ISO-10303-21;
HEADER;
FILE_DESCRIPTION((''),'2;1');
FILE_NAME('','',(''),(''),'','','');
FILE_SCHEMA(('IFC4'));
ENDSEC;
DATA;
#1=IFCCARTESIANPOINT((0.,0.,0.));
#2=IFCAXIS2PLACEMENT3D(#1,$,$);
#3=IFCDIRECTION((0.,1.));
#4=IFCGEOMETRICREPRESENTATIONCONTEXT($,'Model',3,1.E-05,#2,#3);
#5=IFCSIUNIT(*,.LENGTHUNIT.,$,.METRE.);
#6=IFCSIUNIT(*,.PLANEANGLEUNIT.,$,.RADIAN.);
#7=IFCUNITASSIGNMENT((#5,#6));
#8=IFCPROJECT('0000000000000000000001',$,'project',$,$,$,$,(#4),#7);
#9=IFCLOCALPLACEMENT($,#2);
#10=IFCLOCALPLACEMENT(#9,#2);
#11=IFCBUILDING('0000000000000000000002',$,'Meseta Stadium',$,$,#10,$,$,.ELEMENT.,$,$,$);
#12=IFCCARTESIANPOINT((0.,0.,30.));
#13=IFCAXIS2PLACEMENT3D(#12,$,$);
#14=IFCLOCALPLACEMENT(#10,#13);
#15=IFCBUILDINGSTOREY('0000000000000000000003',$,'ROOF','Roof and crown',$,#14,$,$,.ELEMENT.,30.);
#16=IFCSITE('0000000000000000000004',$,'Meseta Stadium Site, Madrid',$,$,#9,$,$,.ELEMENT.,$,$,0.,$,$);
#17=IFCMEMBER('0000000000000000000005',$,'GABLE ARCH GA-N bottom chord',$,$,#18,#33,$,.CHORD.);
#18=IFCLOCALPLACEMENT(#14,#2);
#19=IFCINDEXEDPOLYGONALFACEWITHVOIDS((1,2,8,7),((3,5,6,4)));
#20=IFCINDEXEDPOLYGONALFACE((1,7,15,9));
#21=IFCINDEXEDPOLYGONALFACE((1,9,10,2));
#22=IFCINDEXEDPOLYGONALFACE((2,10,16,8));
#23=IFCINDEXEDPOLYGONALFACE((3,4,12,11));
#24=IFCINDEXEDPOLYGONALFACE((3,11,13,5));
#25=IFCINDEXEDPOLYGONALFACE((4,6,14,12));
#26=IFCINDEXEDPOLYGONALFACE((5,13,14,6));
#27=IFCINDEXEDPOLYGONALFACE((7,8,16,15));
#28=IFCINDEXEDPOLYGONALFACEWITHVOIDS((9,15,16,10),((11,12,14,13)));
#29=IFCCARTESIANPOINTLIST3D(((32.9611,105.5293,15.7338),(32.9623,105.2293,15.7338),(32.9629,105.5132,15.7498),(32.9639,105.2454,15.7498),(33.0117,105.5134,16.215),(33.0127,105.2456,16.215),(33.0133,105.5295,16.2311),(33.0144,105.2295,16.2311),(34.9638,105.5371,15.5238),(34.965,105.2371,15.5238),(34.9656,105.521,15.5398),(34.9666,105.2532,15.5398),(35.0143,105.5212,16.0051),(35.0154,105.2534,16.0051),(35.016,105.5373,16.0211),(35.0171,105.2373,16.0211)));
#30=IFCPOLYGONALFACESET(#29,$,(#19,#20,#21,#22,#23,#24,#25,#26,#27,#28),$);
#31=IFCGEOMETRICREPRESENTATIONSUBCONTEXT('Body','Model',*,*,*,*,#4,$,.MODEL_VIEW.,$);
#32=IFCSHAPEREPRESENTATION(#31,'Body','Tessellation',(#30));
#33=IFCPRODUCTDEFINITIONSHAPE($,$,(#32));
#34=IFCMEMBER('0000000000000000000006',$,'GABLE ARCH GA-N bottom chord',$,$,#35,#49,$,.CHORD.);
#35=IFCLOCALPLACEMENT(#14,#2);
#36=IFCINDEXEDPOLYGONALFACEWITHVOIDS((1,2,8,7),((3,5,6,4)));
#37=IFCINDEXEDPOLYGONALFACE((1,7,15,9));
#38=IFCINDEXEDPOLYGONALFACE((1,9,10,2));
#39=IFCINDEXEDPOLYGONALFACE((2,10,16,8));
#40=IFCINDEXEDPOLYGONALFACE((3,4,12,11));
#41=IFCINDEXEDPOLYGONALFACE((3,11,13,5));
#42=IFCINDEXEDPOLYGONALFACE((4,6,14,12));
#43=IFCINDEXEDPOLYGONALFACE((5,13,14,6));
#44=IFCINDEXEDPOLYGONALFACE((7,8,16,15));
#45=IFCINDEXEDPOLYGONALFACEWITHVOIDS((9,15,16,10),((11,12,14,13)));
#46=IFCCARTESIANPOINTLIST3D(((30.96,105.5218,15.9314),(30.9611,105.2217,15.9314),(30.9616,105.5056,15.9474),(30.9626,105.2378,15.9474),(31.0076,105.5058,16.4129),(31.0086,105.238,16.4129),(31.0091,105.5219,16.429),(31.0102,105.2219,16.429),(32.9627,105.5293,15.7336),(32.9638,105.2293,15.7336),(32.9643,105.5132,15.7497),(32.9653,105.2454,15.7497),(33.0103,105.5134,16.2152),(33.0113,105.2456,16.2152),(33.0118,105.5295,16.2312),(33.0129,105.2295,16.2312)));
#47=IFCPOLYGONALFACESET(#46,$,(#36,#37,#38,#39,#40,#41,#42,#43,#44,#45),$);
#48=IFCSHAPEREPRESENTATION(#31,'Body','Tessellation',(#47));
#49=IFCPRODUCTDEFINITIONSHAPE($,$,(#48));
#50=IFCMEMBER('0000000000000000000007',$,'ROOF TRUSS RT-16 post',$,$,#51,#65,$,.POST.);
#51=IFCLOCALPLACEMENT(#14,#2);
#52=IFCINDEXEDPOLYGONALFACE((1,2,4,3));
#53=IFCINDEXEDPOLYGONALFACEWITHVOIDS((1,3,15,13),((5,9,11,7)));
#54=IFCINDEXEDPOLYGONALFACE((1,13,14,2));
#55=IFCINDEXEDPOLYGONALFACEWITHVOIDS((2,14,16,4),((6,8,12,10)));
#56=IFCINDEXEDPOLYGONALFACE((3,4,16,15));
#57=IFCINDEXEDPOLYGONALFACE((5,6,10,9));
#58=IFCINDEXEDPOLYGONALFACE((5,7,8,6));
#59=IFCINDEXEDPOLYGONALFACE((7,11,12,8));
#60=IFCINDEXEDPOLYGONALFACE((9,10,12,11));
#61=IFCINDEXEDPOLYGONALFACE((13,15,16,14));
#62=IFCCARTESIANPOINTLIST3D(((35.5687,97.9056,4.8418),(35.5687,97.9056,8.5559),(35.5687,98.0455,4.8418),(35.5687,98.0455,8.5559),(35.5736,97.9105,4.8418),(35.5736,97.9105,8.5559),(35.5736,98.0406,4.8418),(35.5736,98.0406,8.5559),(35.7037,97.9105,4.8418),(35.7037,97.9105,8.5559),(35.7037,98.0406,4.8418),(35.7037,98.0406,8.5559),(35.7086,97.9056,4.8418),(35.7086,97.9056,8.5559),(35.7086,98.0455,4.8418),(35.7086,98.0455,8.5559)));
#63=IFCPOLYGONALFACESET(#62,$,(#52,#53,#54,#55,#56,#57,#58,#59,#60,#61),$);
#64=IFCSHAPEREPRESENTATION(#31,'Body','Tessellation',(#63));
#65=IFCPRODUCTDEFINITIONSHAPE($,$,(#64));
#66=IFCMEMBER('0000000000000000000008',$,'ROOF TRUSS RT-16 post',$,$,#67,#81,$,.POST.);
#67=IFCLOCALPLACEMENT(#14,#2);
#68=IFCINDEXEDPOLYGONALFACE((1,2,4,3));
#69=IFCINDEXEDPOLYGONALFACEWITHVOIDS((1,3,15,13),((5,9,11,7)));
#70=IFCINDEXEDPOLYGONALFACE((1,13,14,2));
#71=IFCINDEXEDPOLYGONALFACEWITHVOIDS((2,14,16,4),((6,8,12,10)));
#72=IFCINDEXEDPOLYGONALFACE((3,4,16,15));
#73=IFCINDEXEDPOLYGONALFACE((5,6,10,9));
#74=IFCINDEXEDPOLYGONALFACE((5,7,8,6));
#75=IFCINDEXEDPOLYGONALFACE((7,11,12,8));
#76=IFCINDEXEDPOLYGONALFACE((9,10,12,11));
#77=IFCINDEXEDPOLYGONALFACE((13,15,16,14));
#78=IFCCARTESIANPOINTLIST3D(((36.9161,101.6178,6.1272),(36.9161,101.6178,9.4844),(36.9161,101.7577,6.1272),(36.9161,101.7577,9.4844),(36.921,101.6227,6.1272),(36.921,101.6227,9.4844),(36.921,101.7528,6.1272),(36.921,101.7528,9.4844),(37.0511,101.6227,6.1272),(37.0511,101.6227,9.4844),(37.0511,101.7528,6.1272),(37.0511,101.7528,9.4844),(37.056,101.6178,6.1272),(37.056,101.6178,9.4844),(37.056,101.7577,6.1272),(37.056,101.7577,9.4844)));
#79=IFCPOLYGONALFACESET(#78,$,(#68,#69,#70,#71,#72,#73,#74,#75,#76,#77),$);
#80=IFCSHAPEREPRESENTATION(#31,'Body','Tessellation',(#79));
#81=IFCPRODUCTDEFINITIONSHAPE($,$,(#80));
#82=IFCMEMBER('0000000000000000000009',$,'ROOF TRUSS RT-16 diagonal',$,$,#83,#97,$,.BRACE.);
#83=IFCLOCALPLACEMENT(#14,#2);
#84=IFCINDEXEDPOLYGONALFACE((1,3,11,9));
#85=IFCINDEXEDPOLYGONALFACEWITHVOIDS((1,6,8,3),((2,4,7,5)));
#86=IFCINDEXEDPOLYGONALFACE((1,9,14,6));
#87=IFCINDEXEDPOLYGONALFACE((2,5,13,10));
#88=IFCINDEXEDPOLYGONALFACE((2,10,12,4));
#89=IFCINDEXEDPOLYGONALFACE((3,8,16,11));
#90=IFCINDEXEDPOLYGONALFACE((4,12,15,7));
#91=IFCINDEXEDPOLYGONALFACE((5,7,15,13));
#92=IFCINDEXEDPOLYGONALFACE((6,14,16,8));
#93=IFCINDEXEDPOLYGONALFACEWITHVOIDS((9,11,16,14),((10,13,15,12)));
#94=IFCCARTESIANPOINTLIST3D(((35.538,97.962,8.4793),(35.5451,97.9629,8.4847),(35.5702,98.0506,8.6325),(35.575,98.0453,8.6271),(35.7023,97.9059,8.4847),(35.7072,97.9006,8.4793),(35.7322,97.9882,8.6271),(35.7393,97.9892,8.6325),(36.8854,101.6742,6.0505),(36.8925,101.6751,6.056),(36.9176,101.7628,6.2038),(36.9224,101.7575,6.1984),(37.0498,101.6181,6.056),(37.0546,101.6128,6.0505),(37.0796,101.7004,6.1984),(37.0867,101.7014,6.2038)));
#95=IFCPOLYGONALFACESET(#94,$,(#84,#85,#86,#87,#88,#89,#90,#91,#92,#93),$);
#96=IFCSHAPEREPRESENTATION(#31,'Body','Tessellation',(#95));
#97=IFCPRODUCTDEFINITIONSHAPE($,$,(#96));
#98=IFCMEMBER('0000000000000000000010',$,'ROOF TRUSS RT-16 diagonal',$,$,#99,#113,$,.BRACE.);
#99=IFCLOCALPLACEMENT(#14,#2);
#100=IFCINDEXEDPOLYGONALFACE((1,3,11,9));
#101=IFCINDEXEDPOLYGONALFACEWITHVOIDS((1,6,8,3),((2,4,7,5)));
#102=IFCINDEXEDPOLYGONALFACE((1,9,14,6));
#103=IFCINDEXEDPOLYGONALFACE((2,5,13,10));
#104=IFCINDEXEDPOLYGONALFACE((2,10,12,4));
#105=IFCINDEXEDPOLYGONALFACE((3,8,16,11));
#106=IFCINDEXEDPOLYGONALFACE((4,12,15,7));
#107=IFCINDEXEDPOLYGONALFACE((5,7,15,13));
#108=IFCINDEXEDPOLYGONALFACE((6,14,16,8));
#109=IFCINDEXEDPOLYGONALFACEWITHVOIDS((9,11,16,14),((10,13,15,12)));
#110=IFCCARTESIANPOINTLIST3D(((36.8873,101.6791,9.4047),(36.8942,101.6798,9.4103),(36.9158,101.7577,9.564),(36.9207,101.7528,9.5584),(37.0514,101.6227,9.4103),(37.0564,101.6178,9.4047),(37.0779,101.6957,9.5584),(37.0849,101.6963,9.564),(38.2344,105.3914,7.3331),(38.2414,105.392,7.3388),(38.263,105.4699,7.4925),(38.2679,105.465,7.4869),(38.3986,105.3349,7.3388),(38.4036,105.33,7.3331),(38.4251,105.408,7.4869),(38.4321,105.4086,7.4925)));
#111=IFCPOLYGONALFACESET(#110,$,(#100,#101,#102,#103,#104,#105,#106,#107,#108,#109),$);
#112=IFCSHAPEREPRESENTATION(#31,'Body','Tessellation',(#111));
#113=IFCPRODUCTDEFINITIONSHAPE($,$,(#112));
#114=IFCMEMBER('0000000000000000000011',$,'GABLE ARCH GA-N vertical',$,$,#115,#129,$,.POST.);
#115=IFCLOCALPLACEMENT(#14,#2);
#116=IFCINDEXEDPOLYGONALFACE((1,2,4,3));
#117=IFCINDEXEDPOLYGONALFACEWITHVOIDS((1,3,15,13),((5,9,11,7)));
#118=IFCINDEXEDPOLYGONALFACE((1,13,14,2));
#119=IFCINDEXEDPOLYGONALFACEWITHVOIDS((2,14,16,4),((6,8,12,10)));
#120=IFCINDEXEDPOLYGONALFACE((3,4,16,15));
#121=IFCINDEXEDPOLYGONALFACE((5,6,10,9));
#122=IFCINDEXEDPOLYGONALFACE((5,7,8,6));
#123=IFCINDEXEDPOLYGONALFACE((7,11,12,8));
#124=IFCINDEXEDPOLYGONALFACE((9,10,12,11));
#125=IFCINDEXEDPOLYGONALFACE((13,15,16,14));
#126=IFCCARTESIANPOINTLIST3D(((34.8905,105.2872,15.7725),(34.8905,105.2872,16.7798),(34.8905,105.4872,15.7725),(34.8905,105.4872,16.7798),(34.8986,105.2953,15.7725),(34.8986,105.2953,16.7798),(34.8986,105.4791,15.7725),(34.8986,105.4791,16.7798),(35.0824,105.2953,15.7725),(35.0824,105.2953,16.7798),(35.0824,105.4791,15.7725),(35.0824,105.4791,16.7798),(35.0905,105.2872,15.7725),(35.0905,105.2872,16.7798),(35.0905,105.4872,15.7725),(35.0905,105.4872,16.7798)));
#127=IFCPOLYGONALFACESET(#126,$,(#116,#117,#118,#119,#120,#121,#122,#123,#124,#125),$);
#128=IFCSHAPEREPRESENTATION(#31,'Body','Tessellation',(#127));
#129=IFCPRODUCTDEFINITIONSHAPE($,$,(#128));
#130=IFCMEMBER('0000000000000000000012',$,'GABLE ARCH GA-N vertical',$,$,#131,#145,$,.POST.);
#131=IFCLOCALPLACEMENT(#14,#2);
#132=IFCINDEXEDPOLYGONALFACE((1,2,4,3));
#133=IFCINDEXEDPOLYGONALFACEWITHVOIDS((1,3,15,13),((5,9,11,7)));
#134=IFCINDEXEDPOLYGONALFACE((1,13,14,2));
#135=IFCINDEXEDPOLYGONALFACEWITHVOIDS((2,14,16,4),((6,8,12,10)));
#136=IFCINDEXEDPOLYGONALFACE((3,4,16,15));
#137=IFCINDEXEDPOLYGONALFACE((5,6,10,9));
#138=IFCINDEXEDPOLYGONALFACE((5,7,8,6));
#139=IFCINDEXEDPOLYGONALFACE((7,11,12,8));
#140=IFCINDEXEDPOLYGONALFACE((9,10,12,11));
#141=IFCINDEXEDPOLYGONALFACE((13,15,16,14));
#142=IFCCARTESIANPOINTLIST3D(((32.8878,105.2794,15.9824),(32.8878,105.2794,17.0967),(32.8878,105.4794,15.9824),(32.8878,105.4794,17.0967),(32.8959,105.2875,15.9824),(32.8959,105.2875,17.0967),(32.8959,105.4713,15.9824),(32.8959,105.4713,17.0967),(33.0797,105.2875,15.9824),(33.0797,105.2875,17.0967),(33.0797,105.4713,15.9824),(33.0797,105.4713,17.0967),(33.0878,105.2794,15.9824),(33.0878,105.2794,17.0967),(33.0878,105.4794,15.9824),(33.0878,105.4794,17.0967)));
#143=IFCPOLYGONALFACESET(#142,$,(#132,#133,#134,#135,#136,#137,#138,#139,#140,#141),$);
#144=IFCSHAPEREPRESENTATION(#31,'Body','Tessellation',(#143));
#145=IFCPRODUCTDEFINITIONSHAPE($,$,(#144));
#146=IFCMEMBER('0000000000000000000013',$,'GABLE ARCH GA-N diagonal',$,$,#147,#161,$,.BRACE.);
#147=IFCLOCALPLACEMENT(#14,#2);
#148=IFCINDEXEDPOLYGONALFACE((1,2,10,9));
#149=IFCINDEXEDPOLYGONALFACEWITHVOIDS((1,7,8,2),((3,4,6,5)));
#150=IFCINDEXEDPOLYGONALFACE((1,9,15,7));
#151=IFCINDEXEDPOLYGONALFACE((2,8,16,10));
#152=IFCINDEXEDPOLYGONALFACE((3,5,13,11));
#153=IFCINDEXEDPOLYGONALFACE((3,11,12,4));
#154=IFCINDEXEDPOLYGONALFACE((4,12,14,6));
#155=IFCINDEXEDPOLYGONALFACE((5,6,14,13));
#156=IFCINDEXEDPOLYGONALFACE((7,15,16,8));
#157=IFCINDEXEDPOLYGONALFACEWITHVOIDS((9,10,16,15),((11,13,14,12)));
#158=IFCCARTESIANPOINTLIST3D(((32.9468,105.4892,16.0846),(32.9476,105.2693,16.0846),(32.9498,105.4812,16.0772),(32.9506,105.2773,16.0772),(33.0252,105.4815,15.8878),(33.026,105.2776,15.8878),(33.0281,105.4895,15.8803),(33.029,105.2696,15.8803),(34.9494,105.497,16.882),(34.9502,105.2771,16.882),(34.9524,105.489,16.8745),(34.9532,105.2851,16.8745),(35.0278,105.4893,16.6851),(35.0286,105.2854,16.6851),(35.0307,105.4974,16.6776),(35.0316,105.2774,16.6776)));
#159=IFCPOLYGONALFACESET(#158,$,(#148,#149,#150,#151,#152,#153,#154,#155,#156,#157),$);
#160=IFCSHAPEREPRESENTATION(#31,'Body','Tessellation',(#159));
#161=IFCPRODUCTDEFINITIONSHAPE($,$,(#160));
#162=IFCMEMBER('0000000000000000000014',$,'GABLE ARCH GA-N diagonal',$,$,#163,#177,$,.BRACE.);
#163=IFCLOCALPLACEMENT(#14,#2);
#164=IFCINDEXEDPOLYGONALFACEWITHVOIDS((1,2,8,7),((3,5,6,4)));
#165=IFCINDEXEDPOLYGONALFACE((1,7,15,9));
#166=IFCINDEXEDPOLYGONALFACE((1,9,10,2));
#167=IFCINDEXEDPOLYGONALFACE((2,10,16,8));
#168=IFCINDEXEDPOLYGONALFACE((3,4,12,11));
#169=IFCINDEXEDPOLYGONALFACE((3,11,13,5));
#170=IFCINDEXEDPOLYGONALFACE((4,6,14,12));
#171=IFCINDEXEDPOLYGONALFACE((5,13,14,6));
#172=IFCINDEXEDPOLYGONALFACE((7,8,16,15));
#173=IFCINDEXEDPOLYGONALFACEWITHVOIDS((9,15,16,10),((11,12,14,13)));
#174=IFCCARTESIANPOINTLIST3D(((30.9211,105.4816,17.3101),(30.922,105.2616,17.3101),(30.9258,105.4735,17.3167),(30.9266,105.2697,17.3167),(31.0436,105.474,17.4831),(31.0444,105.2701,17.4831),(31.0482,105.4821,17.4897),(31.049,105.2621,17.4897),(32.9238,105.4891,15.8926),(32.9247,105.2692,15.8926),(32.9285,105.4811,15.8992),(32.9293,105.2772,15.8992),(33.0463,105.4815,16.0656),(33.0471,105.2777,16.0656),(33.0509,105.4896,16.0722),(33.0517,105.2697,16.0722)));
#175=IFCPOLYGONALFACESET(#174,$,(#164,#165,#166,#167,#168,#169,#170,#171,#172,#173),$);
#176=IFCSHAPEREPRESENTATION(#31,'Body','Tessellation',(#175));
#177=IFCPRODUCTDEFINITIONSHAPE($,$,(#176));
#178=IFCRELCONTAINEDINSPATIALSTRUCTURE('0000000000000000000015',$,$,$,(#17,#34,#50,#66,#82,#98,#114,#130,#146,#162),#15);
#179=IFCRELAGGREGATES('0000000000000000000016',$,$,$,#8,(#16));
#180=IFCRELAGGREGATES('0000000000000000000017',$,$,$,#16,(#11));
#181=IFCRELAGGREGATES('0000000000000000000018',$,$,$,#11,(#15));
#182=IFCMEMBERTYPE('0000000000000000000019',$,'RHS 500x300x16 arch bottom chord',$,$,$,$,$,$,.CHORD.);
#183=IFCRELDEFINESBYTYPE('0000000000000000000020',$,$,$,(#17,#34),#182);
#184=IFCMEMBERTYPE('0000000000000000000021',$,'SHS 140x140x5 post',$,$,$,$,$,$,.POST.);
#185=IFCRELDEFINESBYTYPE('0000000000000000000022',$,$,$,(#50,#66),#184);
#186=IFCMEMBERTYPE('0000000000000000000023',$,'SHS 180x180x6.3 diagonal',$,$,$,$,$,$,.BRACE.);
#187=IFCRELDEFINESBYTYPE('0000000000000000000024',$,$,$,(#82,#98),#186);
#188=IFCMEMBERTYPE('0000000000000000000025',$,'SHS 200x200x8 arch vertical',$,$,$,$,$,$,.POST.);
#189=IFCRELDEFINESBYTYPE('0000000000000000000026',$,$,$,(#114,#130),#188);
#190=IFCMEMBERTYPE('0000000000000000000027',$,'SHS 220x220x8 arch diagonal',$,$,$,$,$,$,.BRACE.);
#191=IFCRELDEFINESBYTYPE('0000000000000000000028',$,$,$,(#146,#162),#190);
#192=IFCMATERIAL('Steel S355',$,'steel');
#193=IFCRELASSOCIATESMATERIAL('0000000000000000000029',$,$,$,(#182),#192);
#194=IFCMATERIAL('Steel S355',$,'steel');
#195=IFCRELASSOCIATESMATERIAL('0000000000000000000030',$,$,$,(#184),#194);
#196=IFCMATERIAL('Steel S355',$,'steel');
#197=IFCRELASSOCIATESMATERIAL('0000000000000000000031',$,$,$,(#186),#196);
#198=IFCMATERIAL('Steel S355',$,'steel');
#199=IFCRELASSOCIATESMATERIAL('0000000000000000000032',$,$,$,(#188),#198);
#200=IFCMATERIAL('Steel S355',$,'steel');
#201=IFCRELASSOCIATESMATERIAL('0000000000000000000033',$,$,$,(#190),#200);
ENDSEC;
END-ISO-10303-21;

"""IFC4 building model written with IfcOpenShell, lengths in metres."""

from ifc_helpers import new_model, si_unit, direction, frame, origin, origin_2d, place, context, subcontext, project, spatial, hollow_rectangle, extrude, material, material_profile, profile_set, type_object, element, save


model = new_model("IFC4")

# Units and contexts
model_context = context("Model", 3, precision=1e-05, world=origin(), true_north=direction((0.0, 1.0)))
body_context = subcontext(model_context, "Body", "Model", "MODEL_VIEW")
ifc_project = project(units=[si_unit("LENGTHUNIT", "METRE"), si_unit("PLANEANGLEUNIT", "RADIAN")], contexts=[model_context])

# Site, building, storey
site_placement = place(None, origin())
site = spatial("IfcSite", under=ifc_project, at=site_placement, Name="Meseta Stadium Site, Madrid", CompositionType="ELEMENT", RefElevation=0.0)
building_placement = place(site_placement, origin())
building = spatial("IfcBuilding", under=site, at=building_placement, Name="Meseta Stadium", CompositionType="ELEMENT")
storey_placement = place(building_placement, frame((0.0, 0.0, 30.0)))
storey = spatial("IfcBuildingStorey", under=building, at=storey_placement, Name="ROOF", Description="Roof and crown", CompositionType="ELEMENT", Elevation=30.0)

# Members
ifc_material_1 = material(Name="Steel S355", Category="steel")
ifc_material_profile_1 = material_profile(ifc_material_1, hollow_rectangle(XDim=0.3, YDim=0.5, WallThickness=0.0161, at=origin_2d()), Name="RHS 500x300x16")
ifc_profile_set_1 = profile_set([ifc_material_profile_1], Name="Steel S355")
member_type_1 = type_object("IfcMemberType", Name="RHS 500x300x16 arch bottom chord", PredefinedType="CHORD", material=ifc_profile_set_1)
member_1_placement = place(storey_placement, frame((34.9905, 105.3872, 15.7725), z_axis=(-0.994542, -0.00388, 0.104267), x_axis=(0.003901, -0.999992, 0.0)))
element("IfcMember", 1, at=member_1_placement, inside=storey, type_object=member_type_1, Name="GABLE ARCH GA-N bottom chord", PredefinedType="CHORD", context=body_context, shape_type="SweptSolid", body=[
    extrude(hollow_rectangle(XDim=0.3, YDim=0.5, WallThickness=0.0161, at=origin_2d()), origin(), (0.0, 0.0, 1.0), 2.0137),
])
member_2_placement = place(storey_placement, frame((32.9878, 105.3794, 15.9824), z_axis=(-0.995153, -0.003761, 0.098266), x_axis=(0.003779, -0.999993, 0.0)))
element("IfcMember", 2, at=member_2_placement, inside=storey, type_object=member_type_1, Name="GABLE ARCH GA-N bottom chord", PredefinedType="CHORD", context=body_context, shape_type="SweptSolid", body=[
    extrude(hollow_rectangle(XDim=0.3, YDim=0.5, WallThickness=0.0161, at=origin_2d()), origin(), (0.0, 0.0, 1.0), 2.0125),
])
ifc_material_2 = material(Name="Steel S355", Category="steel")
ifc_material_profile_2 = material_profile(ifc_material_2, hollow_rectangle(XDim=0.1399, YDim=0.1399, WallThickness=0.0049, at=origin_2d()), Name="SHS 140x140x5")
ifc_profile_set_2 = profile_set([ifc_material_profile_2], Name="Steel S355")
member_type_2 = type_object("IfcMemberType", Name="SHS 140x140x5 post", PredefinedType="POST", material=ifc_profile_set_2)
member_3_placement = place(storey_placement, frame((35.6387, 97.9756, 4.8418), z_axis=(0.0, 0.0, 1.0), x_axis=(1.0, 0.0, 0.0)))
element("IfcMember", 3, at=member_3_placement, inside=storey, type_object=member_type_2, Name="ROOF TRUSS RT-16 post", PredefinedType="POST", context=body_context, shape_type="SweptSolid", body=[
    extrude(hollow_rectangle(XDim=0.1399, YDim=0.1399, WallThickness=0.0049, at=origin_2d()), origin(), (0.0, 0.0, 1.0), 3.7141),
])
member_4_placement = place(storey_placement, frame((36.9861, 101.6877, 6.1272), z_axis=(0.0, 0.0, 1.0), x_axis=(1.0, 0.0, 0.0)))
element("IfcMember", 4, at=member_4_placement, inside=storey, type_object=member_type_2, Name="ROOF TRUSS RT-16 post", PredefinedType="POST", context=body_context, shape_type="SweptSolid", body=[
    extrude(hollow_rectangle(XDim=0.1399, YDim=0.1399, WallThickness=0.0049, at=origin_2d()), origin(), (0.0, 0.0, 1.0), 3.3572),
])
ifc_material_3 = material(Name="Steel S355", Category="steel")
ifc_material_profile_3 = material_profile(ifc_material_3, hollow_rectangle(XDim=0.1799, YDim=0.1799, WallThickness=0.0063, at=origin_2d()), Name="SHS 180x180x6.3")
ifc_profile_set_3 = profile_set([ifc_material_profile_3], Name="Steel S355")
member_type_3 = type_object("IfcMemberType", Name="SHS 180x180x6.3 diagonal", PredefinedType="BRACE", material=ifc_profile_set_3)
member_5_placement = place(storey_placement, frame((35.6387, 97.9756, 8.5559), z_axis=(0.290629, 0.800691, -0.523859), x_axis=(-0.939994, 0.341192, 0.0)))
element("IfcMember", 5, at=member_5_placement, inside=storey, type_object=member_type_3, Name="ROOF TRUSS RT-16 diagonal", PredefinedType="BRACE", context=body_context, shape_type="SweptSolid", body=[
    extrude(hollow_rectangle(XDim=0.1799, YDim=0.1799, WallThickness=0.0063, at=origin_2d()), origin(), (0.0, 0.0, 1.0), 4.6362),
])
member_6_placement = place(storey_placement, frame((36.9861, 101.6877, 9.4844), z_axis=(0.302096, 0.832435, -0.464532), x_axis=(-0.940013, 0.341137, 0.0)))
element("IfcMember", 6, at=member_6_placement, inside=storey, type_object=member_type_3, Name="ROOF TRUSS RT-16 diagonal", PredefinedType="BRACE", context=body_context, shape_type="SweptSolid", body=[
    extrude(hollow_rectangle(XDim=0.1799, YDim=0.1799, WallThickness=0.0063, at=origin_2d()), origin(), (0.0, 0.0, 1.0), 4.4595),
])
ifc_material_4 = material(Name="Steel S355", Category="steel")
ifc_material_profile_4 = material_profile(ifc_material_4, hollow_rectangle(XDim=0.2, YDim=0.2, WallThickness=0.0081, at=origin_2d()), Name="SHS 200x200x8")
ifc_profile_set_4 = profile_set([ifc_material_profile_4], Name="Steel S355")
member_type_4 = type_object("IfcMemberType", Name="SHS 200x200x8 arch vertical", PredefinedType="POST", material=ifc_profile_set_4)
member_7_placement = place(storey_placement, frame((34.9905, 105.3872, 15.7725), z_axis=(0.0, 0.0, 1.0), x_axis=(1.0, 0.0, 0.0)))
element("IfcMember", 7, at=member_7_placement, inside=storey, type_object=member_type_4, Name="GABLE ARCH GA-N vertical", PredefinedType="POST", context=body_context, shape_type="SweptSolid", body=[
    extrude(hollow_rectangle(XDim=0.2, YDim=0.2, WallThickness=0.0081, at=origin_2d()), origin(), (0.0, 0.0, 1.0), 1.0073),
])
member_8_placement = place(storey_placement, frame((32.9878, 105.3794, 15.9824), z_axis=(0.0, 0.0, 1.0), x_axis=(1.0, 0.0, 0.0)))
element("IfcMember", 8, at=member_8_placement, inside=storey, type_object=member_type_4, Name="GABLE ARCH GA-N vertical", PredefinedType="POST", context=body_context, shape_type="SweptSolid", body=[
    extrude(hollow_rectangle(XDim=0.2, YDim=0.2, WallThickness=0.0081, at=origin_2d()), origin(), (0.0, 0.0, 1.0), 1.1143),
])
ifc_material_5 = material(Name="Steel S355", Category="steel")
ifc_material_profile_5 = material_profile(ifc_material_5, hollow_rectangle(XDim=0.22, YDim=0.22, WallThickness=0.0081, at=origin_2d()), Name="SHS 220x220x8")
ifc_profile_set_5 = profile_set([ifc_material_profile_5], Name="Steel S355")
member_type_5 = type_object("IfcMemberType", Name="SHS 220x220x8 arch diagonal", PredefinedType="BRACE", material=ifc_profile_set_5)
member_9_placement = place(storey_placement, frame((34.9905, 105.3872, 16.7798), z_axis=(-0.929063, -0.003624, -0.369904), x_axis=(0.003901, -0.999992, 0.0)))
element("IfcMember", 9, at=member_9_placement, inside=storey, type_object=member_type_5, Name="GABLE ARCH GA-N diagonal", PredefinedType="BRACE", context=body_context, shape_type="SweptSolid", body=[
    extrude(hollow_rectangle(XDim=0.22, YDim=0.22, WallThickness=0.0081, at=origin_2d()), origin(), (0.0, 0.0, 1.0), 2.1555),
])
member_10_placement = place(storey_placement, frame((32.9878, 105.3794, 15.9824), z_axis=(-0.81623, -0.003085, 0.577719), x_axis=(0.003779, -0.999993, 0.0)))
element("IfcMember", 10, at=member_10_placement, inside=storey, type_object=member_type_5, Name="GABLE ARCH GA-N diagonal", PredefinedType="BRACE", context=body_context, shape_type="SweptSolid", body=[
    extrude(hollow_rectangle(XDim=0.22, YDim=0.22, WallThickness=0.0081, at=origin_2d()), origin(), (0.0, 0.0, 1.0), 2.4536),
])

save(model, "model.ifc")
